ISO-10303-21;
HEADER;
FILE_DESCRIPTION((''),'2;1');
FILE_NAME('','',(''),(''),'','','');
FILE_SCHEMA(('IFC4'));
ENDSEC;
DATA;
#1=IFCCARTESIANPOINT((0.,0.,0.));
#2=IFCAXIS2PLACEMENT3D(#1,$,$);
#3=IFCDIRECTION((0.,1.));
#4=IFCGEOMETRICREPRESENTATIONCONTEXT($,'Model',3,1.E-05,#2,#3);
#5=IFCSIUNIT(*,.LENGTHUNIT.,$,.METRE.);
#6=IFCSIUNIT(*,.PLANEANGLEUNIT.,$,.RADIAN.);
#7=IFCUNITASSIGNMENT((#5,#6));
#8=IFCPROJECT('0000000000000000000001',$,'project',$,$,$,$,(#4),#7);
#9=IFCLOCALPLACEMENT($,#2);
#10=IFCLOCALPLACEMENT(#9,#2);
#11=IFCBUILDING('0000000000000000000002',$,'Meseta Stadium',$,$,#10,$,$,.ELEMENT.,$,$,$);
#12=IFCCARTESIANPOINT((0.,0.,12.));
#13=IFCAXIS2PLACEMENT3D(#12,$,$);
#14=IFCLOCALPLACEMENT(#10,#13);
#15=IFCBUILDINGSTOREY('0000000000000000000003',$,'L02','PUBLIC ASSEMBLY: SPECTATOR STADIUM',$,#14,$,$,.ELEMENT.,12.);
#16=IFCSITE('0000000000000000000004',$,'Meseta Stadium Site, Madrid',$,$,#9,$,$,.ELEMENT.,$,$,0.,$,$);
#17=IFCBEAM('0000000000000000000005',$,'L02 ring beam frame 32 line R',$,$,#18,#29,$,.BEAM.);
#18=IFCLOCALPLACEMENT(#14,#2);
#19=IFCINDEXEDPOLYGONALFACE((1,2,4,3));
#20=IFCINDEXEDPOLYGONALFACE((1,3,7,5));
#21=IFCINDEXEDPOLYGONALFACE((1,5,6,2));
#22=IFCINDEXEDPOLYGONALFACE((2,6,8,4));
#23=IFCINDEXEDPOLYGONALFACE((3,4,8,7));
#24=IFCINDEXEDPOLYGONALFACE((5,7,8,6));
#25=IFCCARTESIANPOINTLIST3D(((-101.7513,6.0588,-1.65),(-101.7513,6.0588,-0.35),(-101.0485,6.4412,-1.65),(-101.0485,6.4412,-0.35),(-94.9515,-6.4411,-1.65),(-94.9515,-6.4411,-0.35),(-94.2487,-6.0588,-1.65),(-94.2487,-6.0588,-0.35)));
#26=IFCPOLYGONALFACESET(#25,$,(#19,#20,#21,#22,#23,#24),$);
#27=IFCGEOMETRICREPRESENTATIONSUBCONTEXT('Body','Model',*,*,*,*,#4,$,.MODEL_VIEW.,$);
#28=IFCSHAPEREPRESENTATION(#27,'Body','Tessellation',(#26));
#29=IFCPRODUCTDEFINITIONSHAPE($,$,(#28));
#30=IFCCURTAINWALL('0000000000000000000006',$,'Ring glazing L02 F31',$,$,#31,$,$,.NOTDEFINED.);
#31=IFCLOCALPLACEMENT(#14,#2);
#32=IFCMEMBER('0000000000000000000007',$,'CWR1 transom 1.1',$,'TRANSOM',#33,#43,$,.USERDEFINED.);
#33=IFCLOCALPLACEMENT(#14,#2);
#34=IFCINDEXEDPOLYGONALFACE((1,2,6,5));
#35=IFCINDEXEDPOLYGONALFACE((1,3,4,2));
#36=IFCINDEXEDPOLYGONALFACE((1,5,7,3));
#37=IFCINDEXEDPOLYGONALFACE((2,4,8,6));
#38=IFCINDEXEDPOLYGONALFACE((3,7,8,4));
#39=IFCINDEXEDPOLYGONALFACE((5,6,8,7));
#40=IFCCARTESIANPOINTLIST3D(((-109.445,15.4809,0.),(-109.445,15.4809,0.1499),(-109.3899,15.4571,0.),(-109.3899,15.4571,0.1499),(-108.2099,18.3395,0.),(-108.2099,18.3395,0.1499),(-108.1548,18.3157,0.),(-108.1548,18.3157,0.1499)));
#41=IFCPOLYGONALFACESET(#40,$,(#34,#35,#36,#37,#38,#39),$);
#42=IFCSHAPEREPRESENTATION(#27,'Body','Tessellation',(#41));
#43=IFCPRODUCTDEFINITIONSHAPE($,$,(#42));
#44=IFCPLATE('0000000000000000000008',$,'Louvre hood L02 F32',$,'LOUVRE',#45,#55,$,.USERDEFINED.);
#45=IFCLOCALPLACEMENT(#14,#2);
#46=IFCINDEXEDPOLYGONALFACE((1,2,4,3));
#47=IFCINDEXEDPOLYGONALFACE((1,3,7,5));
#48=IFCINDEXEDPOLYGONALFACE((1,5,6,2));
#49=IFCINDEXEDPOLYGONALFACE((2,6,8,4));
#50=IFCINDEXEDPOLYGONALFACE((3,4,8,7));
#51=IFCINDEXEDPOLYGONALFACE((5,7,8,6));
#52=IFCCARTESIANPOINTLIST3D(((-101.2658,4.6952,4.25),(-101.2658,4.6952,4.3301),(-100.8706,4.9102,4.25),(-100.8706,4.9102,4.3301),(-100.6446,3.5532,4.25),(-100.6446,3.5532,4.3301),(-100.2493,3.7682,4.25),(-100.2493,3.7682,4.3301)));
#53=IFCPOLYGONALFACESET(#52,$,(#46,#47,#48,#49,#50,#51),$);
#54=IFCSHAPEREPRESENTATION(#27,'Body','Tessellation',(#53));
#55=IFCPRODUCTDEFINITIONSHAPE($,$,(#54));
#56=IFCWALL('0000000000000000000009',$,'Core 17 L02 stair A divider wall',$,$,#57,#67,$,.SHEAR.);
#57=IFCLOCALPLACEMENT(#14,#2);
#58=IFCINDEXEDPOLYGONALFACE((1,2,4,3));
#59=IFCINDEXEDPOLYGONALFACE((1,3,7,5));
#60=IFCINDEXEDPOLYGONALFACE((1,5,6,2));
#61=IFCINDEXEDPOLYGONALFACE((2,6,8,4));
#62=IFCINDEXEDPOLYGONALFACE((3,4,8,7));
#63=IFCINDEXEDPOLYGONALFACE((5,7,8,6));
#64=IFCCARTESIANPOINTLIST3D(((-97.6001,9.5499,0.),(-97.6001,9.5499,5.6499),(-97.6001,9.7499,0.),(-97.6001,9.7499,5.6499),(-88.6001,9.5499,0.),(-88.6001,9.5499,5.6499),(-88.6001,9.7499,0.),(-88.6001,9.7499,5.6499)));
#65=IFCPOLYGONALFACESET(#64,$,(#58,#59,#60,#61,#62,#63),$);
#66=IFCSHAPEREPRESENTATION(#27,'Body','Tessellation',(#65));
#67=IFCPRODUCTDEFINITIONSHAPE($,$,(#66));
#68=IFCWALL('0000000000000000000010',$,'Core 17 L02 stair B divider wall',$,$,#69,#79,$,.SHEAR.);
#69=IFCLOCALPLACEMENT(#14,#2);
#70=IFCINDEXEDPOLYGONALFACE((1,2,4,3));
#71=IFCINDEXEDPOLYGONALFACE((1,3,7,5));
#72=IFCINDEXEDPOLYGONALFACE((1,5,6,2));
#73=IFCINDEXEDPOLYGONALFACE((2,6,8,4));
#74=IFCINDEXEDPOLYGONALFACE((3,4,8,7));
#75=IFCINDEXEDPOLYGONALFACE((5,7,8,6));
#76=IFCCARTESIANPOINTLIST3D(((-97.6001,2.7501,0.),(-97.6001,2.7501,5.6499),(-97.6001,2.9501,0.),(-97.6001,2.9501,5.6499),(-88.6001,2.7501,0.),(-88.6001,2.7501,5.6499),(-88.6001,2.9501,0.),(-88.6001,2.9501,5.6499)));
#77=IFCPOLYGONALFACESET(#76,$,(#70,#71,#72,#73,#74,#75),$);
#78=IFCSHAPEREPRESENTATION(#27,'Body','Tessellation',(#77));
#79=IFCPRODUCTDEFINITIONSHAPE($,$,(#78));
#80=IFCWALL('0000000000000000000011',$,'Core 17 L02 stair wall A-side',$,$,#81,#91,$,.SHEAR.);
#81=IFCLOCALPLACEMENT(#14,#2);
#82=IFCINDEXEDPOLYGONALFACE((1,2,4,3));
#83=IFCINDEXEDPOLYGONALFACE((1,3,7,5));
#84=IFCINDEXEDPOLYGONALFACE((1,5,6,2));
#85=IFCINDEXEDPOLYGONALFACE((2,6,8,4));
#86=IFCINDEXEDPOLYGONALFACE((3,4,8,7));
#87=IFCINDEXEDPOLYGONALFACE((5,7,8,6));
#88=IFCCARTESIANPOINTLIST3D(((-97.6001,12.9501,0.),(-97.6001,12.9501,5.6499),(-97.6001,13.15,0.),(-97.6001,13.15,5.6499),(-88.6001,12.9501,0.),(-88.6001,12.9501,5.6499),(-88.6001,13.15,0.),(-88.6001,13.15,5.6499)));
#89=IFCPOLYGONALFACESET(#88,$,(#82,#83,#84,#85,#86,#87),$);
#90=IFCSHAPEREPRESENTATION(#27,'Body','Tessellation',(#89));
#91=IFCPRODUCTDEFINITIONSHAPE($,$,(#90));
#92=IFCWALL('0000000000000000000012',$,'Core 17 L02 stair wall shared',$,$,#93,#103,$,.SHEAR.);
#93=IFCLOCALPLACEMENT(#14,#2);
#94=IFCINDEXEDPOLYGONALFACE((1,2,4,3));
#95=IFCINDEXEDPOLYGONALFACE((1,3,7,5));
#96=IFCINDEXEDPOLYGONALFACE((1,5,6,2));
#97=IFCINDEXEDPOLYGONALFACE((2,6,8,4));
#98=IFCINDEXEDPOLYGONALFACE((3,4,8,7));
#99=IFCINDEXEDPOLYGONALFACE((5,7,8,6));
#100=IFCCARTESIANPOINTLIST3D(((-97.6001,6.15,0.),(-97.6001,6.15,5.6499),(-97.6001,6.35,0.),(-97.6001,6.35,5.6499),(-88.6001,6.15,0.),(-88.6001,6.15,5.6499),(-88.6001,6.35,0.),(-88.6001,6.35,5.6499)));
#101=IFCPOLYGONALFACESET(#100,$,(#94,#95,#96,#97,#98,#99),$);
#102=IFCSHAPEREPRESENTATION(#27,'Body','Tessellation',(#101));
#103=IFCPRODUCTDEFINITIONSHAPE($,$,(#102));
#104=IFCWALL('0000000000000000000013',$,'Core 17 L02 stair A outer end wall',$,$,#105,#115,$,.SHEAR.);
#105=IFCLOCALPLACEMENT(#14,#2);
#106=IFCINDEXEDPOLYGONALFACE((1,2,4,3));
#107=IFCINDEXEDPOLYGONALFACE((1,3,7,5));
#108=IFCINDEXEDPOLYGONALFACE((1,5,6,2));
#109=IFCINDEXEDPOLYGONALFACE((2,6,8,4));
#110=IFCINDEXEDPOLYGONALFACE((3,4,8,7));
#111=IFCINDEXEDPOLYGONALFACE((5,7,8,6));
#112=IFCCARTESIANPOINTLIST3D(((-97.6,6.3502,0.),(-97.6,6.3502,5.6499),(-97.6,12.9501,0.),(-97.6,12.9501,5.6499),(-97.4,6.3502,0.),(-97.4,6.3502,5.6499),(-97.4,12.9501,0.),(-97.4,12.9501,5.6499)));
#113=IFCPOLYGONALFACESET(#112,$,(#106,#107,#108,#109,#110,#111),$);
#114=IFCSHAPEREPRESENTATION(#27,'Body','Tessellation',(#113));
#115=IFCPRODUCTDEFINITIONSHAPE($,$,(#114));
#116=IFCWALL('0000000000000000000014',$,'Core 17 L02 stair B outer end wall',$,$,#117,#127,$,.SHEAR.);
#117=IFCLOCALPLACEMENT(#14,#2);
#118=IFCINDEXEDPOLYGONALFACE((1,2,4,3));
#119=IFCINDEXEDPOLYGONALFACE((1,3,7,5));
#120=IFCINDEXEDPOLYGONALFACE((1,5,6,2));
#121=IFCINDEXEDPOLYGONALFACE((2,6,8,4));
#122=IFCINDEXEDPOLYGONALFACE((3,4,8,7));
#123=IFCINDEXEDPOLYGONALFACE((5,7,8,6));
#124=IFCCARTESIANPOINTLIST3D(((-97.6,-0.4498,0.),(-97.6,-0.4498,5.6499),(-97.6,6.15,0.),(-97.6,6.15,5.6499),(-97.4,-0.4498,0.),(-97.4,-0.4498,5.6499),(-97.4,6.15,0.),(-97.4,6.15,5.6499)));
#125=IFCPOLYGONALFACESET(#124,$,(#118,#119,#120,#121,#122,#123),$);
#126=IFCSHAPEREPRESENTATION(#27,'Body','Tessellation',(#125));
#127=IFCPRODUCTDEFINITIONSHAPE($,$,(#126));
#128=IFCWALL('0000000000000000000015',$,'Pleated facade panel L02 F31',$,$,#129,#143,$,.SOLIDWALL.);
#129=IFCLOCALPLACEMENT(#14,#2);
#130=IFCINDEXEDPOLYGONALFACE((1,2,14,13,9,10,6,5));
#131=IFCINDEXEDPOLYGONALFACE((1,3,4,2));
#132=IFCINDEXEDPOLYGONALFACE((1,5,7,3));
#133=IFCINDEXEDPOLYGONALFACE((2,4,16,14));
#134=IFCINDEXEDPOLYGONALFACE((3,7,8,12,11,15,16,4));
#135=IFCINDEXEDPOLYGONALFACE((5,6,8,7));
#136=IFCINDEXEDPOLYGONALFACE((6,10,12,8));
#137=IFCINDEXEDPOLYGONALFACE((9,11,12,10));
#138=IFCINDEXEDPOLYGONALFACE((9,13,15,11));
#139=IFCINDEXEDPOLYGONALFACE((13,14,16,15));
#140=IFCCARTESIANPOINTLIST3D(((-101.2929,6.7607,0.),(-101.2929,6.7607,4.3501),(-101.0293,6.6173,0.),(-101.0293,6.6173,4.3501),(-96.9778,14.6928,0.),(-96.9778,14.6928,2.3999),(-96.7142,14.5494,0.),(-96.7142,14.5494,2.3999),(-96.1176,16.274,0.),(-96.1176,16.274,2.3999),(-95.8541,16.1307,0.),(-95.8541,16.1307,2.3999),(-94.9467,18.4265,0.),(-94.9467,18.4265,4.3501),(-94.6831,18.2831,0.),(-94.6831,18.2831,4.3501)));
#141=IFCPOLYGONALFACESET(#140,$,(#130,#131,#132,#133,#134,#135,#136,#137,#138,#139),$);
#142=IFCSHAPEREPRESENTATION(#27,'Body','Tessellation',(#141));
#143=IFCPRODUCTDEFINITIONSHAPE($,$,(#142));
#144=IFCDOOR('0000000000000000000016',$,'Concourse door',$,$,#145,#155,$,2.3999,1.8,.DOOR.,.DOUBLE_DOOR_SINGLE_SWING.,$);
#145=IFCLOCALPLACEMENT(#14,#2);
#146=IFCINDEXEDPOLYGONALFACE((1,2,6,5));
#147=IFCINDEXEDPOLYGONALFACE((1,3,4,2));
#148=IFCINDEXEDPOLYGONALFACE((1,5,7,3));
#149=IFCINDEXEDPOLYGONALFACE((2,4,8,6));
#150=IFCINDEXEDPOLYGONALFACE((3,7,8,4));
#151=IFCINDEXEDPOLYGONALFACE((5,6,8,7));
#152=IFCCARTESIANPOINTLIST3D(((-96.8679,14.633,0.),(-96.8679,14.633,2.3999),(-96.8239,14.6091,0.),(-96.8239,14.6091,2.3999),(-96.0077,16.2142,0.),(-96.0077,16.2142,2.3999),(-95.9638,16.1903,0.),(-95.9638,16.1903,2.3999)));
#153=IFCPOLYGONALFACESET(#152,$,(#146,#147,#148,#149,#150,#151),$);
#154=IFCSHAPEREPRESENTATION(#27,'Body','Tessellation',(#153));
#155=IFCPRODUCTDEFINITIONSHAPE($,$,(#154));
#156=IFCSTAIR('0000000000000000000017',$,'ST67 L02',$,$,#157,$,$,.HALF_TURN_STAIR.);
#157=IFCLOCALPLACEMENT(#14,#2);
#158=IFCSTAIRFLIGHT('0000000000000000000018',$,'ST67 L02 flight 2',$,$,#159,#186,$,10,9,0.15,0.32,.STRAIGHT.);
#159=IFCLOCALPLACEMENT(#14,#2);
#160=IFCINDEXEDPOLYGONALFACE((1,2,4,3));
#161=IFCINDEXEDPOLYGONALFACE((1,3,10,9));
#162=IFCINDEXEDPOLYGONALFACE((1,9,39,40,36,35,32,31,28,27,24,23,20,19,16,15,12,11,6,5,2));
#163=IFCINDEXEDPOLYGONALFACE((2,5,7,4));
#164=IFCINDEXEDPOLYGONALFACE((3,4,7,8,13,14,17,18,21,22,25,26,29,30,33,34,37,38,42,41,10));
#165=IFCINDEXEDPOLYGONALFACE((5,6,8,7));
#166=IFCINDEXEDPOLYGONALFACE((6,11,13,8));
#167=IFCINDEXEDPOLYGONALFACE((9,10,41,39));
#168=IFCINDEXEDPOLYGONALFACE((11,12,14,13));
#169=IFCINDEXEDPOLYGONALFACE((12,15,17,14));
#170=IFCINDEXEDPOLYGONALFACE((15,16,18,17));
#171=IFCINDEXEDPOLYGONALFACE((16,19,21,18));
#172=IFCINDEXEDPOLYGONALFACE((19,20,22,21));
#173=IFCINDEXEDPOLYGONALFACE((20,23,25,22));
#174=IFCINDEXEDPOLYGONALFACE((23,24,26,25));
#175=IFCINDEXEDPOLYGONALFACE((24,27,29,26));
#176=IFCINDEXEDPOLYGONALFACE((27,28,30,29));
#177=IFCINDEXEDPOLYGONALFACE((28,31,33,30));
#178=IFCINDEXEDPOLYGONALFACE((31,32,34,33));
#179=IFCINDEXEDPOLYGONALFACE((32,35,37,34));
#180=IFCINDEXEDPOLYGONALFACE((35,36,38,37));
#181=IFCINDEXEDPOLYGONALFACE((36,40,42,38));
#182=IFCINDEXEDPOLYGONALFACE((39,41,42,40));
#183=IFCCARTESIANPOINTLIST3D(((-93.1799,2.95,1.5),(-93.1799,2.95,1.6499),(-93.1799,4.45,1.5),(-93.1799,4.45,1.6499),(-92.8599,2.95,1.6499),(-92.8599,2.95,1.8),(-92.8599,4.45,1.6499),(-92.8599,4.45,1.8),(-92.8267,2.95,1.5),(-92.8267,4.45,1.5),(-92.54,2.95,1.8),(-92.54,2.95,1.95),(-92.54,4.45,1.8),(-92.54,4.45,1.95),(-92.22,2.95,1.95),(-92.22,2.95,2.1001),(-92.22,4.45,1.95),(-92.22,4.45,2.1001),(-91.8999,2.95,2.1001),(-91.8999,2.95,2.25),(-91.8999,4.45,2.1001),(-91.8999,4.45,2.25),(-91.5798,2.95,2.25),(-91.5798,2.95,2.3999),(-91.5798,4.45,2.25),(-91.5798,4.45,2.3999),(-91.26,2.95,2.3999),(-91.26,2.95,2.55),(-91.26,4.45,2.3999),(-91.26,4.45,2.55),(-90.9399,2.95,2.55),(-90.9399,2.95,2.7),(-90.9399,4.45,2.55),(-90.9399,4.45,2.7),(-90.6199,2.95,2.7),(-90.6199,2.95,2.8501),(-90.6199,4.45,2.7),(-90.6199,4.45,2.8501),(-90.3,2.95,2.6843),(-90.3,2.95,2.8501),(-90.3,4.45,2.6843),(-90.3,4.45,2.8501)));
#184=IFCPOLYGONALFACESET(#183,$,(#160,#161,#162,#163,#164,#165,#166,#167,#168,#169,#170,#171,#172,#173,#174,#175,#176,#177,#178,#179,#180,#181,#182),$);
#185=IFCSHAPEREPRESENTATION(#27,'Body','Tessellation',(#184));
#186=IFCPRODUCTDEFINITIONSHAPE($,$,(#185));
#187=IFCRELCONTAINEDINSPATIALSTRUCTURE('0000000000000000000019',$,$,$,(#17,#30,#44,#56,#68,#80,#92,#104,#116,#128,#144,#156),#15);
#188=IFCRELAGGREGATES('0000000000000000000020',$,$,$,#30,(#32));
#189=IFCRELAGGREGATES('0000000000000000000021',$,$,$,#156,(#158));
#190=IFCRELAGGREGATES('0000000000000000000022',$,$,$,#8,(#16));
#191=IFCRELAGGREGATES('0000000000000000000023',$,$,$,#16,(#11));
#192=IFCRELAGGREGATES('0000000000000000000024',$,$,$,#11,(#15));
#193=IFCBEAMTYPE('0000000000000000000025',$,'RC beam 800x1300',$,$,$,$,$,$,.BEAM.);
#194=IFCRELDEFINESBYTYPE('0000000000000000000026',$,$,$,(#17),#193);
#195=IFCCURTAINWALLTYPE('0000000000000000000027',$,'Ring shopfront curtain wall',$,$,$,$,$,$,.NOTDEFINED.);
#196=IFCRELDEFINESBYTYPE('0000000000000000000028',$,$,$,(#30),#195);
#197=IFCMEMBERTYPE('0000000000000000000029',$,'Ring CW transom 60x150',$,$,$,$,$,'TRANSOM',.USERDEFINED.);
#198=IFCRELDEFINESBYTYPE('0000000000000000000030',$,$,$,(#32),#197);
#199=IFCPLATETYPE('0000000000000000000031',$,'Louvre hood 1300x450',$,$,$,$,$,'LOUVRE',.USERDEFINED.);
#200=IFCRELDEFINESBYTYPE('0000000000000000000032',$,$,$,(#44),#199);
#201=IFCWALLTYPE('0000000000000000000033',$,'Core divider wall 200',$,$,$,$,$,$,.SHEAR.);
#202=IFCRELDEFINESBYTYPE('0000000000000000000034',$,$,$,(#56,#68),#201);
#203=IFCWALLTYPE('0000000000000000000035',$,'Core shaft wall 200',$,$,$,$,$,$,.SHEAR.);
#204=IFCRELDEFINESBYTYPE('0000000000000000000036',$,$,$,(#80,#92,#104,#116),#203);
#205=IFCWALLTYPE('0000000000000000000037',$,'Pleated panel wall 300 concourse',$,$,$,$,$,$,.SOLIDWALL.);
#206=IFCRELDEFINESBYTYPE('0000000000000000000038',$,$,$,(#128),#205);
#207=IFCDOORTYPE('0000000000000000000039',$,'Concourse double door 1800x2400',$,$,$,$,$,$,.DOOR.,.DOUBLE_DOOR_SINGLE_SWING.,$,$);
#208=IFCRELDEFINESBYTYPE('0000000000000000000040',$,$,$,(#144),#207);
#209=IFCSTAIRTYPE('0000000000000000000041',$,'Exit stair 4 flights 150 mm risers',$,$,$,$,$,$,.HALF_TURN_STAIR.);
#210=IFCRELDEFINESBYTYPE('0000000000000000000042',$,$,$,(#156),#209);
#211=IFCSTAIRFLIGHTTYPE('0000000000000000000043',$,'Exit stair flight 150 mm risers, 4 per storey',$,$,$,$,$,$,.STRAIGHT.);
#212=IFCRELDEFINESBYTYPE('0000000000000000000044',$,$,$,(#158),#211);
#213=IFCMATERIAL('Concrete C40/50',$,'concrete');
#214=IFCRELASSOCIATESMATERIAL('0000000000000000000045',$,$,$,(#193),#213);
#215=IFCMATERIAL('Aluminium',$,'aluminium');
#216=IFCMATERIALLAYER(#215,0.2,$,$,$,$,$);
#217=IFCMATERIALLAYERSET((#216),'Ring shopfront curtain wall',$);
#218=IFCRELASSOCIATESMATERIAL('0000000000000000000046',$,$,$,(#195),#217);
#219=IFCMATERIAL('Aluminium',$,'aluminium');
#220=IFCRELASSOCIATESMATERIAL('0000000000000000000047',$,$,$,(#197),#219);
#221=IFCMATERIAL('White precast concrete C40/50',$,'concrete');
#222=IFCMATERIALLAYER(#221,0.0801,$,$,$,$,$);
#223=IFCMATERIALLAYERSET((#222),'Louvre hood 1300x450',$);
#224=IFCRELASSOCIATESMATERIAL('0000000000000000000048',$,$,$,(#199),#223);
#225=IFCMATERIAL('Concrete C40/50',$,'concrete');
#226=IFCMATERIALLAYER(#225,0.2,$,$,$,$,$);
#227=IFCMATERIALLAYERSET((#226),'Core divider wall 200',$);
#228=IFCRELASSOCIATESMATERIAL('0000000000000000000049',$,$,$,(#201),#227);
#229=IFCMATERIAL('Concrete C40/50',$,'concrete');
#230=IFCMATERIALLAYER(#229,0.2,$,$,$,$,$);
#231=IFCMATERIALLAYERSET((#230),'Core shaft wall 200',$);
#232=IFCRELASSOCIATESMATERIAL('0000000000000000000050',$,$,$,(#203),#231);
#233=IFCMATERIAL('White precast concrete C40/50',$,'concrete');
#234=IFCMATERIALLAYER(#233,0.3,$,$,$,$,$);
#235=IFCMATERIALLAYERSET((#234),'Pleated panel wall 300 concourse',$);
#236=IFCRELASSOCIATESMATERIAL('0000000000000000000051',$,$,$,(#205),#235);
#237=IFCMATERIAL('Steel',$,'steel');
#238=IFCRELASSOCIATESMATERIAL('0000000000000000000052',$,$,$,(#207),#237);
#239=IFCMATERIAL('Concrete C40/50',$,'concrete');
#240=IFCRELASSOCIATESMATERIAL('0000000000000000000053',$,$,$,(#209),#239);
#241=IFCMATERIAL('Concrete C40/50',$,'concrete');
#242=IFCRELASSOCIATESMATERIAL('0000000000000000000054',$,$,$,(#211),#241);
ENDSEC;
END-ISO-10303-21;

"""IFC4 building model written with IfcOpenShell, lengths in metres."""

from ifc_helpers import new_model, si_unit, direction, frame, frame_2d, origin, origin_2d, place, context, subcontext, project, spatial, polyline, rectangle, outline, extrude, material, layer, layer_set, material_profile, profile_set, type_object, element, fill, aggregate, save


model = new_model("IFC4")

# Units and contexts
model_context = context("Model", 3, precision=1e-05, world=origin(), true_north=direction((0.0, 1.0)))
body_context = subcontext(model_context, "Body", "Model", "MODEL_VIEW")
ifc_project = project(units=[si_unit("LENGTHUNIT", "METRE"), si_unit("PLANEANGLEUNIT", "RADIAN")], contexts=[model_context])

# Site, building, storey
site_placement = place(None, origin())
site = spatial("IfcSite", under=ifc_project, at=site_placement, Name="Meseta Stadium Site, Madrid", CompositionType="ELEMENT", RefElevation=0.0)
building_placement = place(site_placement, origin())
building = spatial("IfcBuilding", under=site, at=building_placement, Name="Meseta Stadium", CompositionType="ELEMENT")
storey_placement = place(building_placement, frame((0.0, 0.0, 12.0)))
storey = spatial("IfcBuildingStorey", under=building, at=storey_placement, Name="L02", Description="PUBLIC ASSEMBLY: SPECTATOR STADIUM", CompositionType="ELEMENT", Elevation=12.0)

# Beam
ifc_material_1 = material(Name="Concrete C40/50", Category="concrete")
ifc_material_profile_1 = material_profile(ifc_material_1, rectangle(XDim=0.8, YDim=1.3, at=origin_2d()), Name="RC 800x1300")
ifc_profile_set_1 = profile_set([ifc_material_profile_1], Name="Concrete C40/50")
beam_type_1 = type_object("IfcBeamType", Name="RC beam 800x1300", PredefinedType="BEAM", material=ifc_profile_set_1)
beam_1_placement = place(storey_placement, frame((-101.3999, 6.25, -1.0), z_axis=(0.477856, -0.878438, 0.0), x_axis=(0.878438, 0.477856, 0.0)))
element("IfcBeam", 1, at=beam_1_placement, inside=storey, type_object=beam_type_1, Name="L02 ring beam frame 32 line R", PredefinedType="BEAM", context=body_context, shape_type="SweptSolid", body=[
    extrude(rectangle(XDim=0.8, YDim=1.3, at=origin_2d()), origin(), (0.0, 0.0, 1.0), 14.2297),
])

# Curtain wall, member
ifc_material_2 = material(Name="Aluminium", Category="aluminium")
ifc_layer_1 = layer(ifc_material_2, 0.2)
ifc_layer_set_1 = layer_set([ifc_layer_1], Name="Ring shopfront curtain wall")
curtain_wall_type = type_object("IfcCurtainWallType", Name="Ring shopfront curtain wall", PredefinedType="NOTDEFINED", material=ifc_layer_set_1)
curtain_wall_placement = place(storey_placement, origin())
curtain_wall = element("IfcCurtainWall", 2, at=curtain_wall_placement, inside=storey, type_object=curtain_wall_type, Name="Ring glazing L02 F31", PredefinedType="NOTDEFINED")
ifc_material_3 = material(Name="Aluminium", Category="aluminium")
ifc_material_profile_2 = material_profile(ifc_material_3, rectangle(XDim=0.0601, YDim=0.1499, at=origin_2d()), Name="CW 60x150")
ifc_profile_set_2 = profile_set([ifc_material_profile_2], Name="Aluminium")
member_type = type_object("IfcMemberType", Name="Ring CW transom 60x150", ElementType="TRANSOM", PredefinedType="USERDEFINED", material=ifc_profile_set_2)
member_placement = place(storey_placement, frame((-108.1824, 18.3276, 0.075), z_axis=(-0.396624, -0.917981, 0.0), x_axis=(0.917981, -0.396624, 0.0)))
member = element("IfcMember", 3, at=member_placement, type_object=member_type, Name="CWR1 transom 1.1", ObjectType="TRANSOM", PredefinedType="USERDEFINED", context=body_context, shape_type="SweptSolid", body=[
    extrude(rectangle(XDim=0.0601, YDim=0.1499, at=origin_2d()), origin(), (0.0, 0.0, 1.0), 3.114),
])
aggregate(curtain_wall, [member])

# Plate
ifc_material_4 = material(Name="White precast concrete C40/50", Category="concrete")
ifc_layer_2 = layer(ifc_material_4, 0.0801)
ifc_layer_set_2 = layer_set([ifc_layer_2], Name="Louvre hood 1300x450")
plate_type = type_object("IfcPlateType", Name="Louvre hood 1300x450", ElementType="LOUVRE", PredefinedType="USERDEFINED", material=ifc_layer_set_2)
plate_placement = place(storey_placement, frame((-100.7576, 4.2317, 4.25), z_axis=(0.0, 0.0, 1.0), x_axis=(0.477867, -0.878432, 0.0)))
element("IfcPlate", 4, at=plate_placement, inside=storey, type_object=plate_type, Name="Louvre hood L02 F32", ObjectType="LOUVRE", PredefinedType="USERDEFINED", context=body_context, shape_type="SweptSolid", body=[
    extrude(rectangle(XDim=1.3, YDim=0.45, at=origin_2d()), origin(), (0.0, 0.0, 1.0), 0.0801),
])

# Walls
ifc_material_5 = material(Name="Concrete C40/50", Category="concrete")
ifc_layer_3 = layer(ifc_material_5, 0.2)
ifc_layer_set_3 = layer_set([ifc_layer_3], Name="Core divider wall 200")
wall_type_1 = type_object("IfcWallType", Name="Core divider wall 200", PredefinedType="SHEAR", material=ifc_layer_set_3)
for number, where, z_axis, x_axis, name in (
    (5, (-97.6001, 9.6499, 0.0), (0.0, 0.0, 1.0), (1.0, 0.0, 0.0), "Core 17 L02 stair A divider wall"),
    (6, (-97.6001, 2.8501, 0.0), (0.0, 0.0, 1.0), (1.0, 0.0, 0.0), "Core 17 L02 stair B divider wall"),
):
    element("IfcWall", number, at=place(storey_placement, frame(where, z_axis=z_axis, x_axis=x_axis)), inside=storey, type_object=wall_type_1, Name=name, PredefinedType="SHEAR", context=body_context, shape_type="SweptSolid", body=[
        extrude(rectangle(XDim=9.0, YDim=0.2, at=frame_2d((4.5, 0.0))), origin(), (0.0, 0.0, 1.0), 5.6499),
    ])
ifc_material_6 = material(Name="Concrete C40/50", Category="concrete")
ifc_layer_4 = layer(ifc_material_6, 0.2)
ifc_layer_set_4 = layer_set([ifc_layer_4], Name="Core shaft wall 200")
wall_type_2 = type_object("IfcWallType", Name="Core shaft wall 200", PredefinedType="SHEAR", material=ifc_layer_set_4)
for number, where, z_axis, x_axis, name in (
    (7, (-97.6001, 13.05, 0.0), (0.0, 0.0, 1.0), (1.0, 0.0, 0.0), "Core 17 L02 stair wall A-side"),
    (8, (-97.6001, 6.25, 0.0), (0.0, 0.0, 1.0), (1.0, 0.0, 0.0), "Core 17 L02 stair wall shared"),
):
    element("IfcWall", number, at=place(storey_placement, frame(where, z_axis=z_axis, x_axis=x_axis)), inside=storey, type_object=wall_type_2, Name=name, PredefinedType="SHEAR", context=body_context, shape_type="SweptSolid", body=[
        extrude(rectangle(XDim=9.0, YDim=0.2, at=frame_2d((4.5, 0.0))), origin(), (0.0, 0.0, 1.0), 5.6499),
    ])
for number, where, z_axis, x_axis, name in (
    (9, (-97.5, 12.95, 0.0), (0.0, 0.0, 1.0), (0.0, -1.0, 0.0), "Core 17 L02 stair A outer end wall"),
    (10, (-97.5, 6.1499, 0.0), (0.0, 0.0, 1.0), (0.0, -1.0, 0.0), "Core 17 L02 stair B outer end wall"),
):
    element("IfcWall", number, at=place(storey_placement, frame(where, z_axis=z_axis, x_axis=x_axis)), inside=storey, type_object=wall_type_2, Name=name, PredefinedType="SHEAR", context=body_context, shape_type="SweptSolid", body=[
        extrude(rectangle(XDim=6.5999, YDim=0.2, at=frame_2d((3.2998, 0.0))), origin(), (0.0, 0.0, 1.0), 5.6499),
    ])

# Wall, opening, door
ifc_material_7 = material(Name="White precast concrete C40/50", Category="concrete")
ifc_layer_5 = layer(ifc_material_7, 0.3)
ifc_layer_set_5 = layer_set([ifc_layer_5], Name="Pleated panel wall 300 concourse")
wall_type_3 = type_object("IfcWallType", Name="Pleated panel wall 300 concourse", PredefinedType="SOLIDWALL", material=ifc_layer_set_5)
wall_placement = place(storey_placement, frame((-101.1611, 6.689, 0.0), z_axis=(0.0, 0.0, 1.0), x_axis=(0.477868, 0.878432, 0.0)))
wall = element("IfcWall", 11, at=wall_placement, inside=storey, type_object=wall_type_3, Name="Pleated facade panel L02 F31", PredefinedType="SOLIDWALL", context=body_context, shape_type="SweptSolid", body=[
    extrude(rectangle(XDim=13.2803, YDim=0.3, at=frame_2d((6.6401, 0.0))), origin(), (0.0, 0.0, 1.0), 4.3501),
])
opening_placement = place(wall_placement, frame((9.03, 0.0, 0.0)))
opening = element("IfcOpeningElement", 12, at=opening_placement, cuts=wall, PredefinedType="OPENING", context=body_context, shape_type="SweptSolid", body=[
    extrude(rectangle(XDim=1.8, YDim=2.3999, at=frame_2d((0.8999, 1.2))), frame((0.0, 0.1599, 0.0), z_axis=(0.0, -1.0, 0.0), x_axis=(1.0, 0.0, 0.0)), (0.0, 0.0, 1.0), 0.3201),
])
ifc_material_8 = material(Name="Steel", Category="steel")
door_type = type_object("IfcDoorType", Name="Concourse double door 1800x2400", OperationType="DOUBLE_DOOR_SINGLE_SWING", PredefinedType="DOOR", material=ifc_material_8)
door_placement = place(opening_placement, origin())
door = element("IfcDoor", 13, at=door_placement, inside=storey, type_object=door_type, Name="Concourse door", OperationType="DOUBLE_DOOR_SINGLE_SWING", OverallHeight=2.3999, OverallWidth=1.8, PredefinedType="DOOR", context=body_context, shape_type="SweptSolid", body=[
    extrude(rectangle(XDim=1.8, YDim=2.3999, at=frame_2d((0.8999, 1.2))), frame((0.0, 0.0249, 0.0), z_axis=(0.0, -1.0, 0.0), x_axis=(1.0, 0.0, 0.0)), (0.0, 0.0, 1.0), 0.05),
])
fill(opening, door)

# Stair, stair flight
ifc_material_9 = material(Name="Concrete C40/50", Category="concrete")
stair_type = type_object("IfcStairType", Name="Exit stair 4 flights 150 mm risers", PredefinedType="HALF_TURN_STAIR", material=ifc_material_9)
stair_1_placement = place(storey_placement, origin())
stair_1 = element("IfcStair", 14, at=stair_1_placement, inside=storey, type_object=stair_type, Name="ST67 L02", PredefinedType="HALF_TURN_STAIR")
ifc_material_10 = material(Name="Concrete C40/50", Category="concrete")
stair_flight_type = type_object("IfcStairFlightType", Name="Exit stair flight 150 mm risers, 4 per storey", PredefinedType="STRAIGHT", material=ifc_material_10)
stair_flight_1_placement = place(storey_placement, frame((-93.1799, 3.7, 1.5), z_axis=(0.0, 0.0, 1.0), x_axis=(1.0, 0.0, 0.0)))
stair_flight_1 = element("IfcStairFlight", 15, at=stair_flight_1_placement, type_object=stair_flight_type, Name="ST67 L02 flight 2", NumberOfRisers=10, NumberOfTreads=9, PredefinedType="STRAIGHT", RiserHeight=0.15, TreadLength=0.32, context=body_context, shape_type="SweptSolid", body=[
    extrude(outline(polyline([(0.0, 0.0), (0.0, 0.1499), (0.3201, 0.1499), (0.3201, 0.3), (0.6399, 0.3), (0.6399, 0.45), (0.96, 0.45), (0.96, 0.6001), (1.28, 0.6001), (1.28, 0.75), (1.6001, 0.75), (1.6001, 0.8999), (1.9199, 0.8999), (1.9199, 1.05), (2.24, 1.05), (2.24, 1.2), (2.5601, 1.2), (2.5601, 1.3501), (2.8799, 1.3501), (2.8799, 1.1843), (0.3533, 0.0), (0.0, 0.0)])), frame((0.0, 0.75, 0.0), z_axis=(0.0, -1.0, 0.0), x_axis=(1.0, 0.0, 0.0)), (0.0, 0.0, 1.0), 1.5),
])
aggregate(stair_1, [stair_flight_1])

save(model, "model.ifc")
